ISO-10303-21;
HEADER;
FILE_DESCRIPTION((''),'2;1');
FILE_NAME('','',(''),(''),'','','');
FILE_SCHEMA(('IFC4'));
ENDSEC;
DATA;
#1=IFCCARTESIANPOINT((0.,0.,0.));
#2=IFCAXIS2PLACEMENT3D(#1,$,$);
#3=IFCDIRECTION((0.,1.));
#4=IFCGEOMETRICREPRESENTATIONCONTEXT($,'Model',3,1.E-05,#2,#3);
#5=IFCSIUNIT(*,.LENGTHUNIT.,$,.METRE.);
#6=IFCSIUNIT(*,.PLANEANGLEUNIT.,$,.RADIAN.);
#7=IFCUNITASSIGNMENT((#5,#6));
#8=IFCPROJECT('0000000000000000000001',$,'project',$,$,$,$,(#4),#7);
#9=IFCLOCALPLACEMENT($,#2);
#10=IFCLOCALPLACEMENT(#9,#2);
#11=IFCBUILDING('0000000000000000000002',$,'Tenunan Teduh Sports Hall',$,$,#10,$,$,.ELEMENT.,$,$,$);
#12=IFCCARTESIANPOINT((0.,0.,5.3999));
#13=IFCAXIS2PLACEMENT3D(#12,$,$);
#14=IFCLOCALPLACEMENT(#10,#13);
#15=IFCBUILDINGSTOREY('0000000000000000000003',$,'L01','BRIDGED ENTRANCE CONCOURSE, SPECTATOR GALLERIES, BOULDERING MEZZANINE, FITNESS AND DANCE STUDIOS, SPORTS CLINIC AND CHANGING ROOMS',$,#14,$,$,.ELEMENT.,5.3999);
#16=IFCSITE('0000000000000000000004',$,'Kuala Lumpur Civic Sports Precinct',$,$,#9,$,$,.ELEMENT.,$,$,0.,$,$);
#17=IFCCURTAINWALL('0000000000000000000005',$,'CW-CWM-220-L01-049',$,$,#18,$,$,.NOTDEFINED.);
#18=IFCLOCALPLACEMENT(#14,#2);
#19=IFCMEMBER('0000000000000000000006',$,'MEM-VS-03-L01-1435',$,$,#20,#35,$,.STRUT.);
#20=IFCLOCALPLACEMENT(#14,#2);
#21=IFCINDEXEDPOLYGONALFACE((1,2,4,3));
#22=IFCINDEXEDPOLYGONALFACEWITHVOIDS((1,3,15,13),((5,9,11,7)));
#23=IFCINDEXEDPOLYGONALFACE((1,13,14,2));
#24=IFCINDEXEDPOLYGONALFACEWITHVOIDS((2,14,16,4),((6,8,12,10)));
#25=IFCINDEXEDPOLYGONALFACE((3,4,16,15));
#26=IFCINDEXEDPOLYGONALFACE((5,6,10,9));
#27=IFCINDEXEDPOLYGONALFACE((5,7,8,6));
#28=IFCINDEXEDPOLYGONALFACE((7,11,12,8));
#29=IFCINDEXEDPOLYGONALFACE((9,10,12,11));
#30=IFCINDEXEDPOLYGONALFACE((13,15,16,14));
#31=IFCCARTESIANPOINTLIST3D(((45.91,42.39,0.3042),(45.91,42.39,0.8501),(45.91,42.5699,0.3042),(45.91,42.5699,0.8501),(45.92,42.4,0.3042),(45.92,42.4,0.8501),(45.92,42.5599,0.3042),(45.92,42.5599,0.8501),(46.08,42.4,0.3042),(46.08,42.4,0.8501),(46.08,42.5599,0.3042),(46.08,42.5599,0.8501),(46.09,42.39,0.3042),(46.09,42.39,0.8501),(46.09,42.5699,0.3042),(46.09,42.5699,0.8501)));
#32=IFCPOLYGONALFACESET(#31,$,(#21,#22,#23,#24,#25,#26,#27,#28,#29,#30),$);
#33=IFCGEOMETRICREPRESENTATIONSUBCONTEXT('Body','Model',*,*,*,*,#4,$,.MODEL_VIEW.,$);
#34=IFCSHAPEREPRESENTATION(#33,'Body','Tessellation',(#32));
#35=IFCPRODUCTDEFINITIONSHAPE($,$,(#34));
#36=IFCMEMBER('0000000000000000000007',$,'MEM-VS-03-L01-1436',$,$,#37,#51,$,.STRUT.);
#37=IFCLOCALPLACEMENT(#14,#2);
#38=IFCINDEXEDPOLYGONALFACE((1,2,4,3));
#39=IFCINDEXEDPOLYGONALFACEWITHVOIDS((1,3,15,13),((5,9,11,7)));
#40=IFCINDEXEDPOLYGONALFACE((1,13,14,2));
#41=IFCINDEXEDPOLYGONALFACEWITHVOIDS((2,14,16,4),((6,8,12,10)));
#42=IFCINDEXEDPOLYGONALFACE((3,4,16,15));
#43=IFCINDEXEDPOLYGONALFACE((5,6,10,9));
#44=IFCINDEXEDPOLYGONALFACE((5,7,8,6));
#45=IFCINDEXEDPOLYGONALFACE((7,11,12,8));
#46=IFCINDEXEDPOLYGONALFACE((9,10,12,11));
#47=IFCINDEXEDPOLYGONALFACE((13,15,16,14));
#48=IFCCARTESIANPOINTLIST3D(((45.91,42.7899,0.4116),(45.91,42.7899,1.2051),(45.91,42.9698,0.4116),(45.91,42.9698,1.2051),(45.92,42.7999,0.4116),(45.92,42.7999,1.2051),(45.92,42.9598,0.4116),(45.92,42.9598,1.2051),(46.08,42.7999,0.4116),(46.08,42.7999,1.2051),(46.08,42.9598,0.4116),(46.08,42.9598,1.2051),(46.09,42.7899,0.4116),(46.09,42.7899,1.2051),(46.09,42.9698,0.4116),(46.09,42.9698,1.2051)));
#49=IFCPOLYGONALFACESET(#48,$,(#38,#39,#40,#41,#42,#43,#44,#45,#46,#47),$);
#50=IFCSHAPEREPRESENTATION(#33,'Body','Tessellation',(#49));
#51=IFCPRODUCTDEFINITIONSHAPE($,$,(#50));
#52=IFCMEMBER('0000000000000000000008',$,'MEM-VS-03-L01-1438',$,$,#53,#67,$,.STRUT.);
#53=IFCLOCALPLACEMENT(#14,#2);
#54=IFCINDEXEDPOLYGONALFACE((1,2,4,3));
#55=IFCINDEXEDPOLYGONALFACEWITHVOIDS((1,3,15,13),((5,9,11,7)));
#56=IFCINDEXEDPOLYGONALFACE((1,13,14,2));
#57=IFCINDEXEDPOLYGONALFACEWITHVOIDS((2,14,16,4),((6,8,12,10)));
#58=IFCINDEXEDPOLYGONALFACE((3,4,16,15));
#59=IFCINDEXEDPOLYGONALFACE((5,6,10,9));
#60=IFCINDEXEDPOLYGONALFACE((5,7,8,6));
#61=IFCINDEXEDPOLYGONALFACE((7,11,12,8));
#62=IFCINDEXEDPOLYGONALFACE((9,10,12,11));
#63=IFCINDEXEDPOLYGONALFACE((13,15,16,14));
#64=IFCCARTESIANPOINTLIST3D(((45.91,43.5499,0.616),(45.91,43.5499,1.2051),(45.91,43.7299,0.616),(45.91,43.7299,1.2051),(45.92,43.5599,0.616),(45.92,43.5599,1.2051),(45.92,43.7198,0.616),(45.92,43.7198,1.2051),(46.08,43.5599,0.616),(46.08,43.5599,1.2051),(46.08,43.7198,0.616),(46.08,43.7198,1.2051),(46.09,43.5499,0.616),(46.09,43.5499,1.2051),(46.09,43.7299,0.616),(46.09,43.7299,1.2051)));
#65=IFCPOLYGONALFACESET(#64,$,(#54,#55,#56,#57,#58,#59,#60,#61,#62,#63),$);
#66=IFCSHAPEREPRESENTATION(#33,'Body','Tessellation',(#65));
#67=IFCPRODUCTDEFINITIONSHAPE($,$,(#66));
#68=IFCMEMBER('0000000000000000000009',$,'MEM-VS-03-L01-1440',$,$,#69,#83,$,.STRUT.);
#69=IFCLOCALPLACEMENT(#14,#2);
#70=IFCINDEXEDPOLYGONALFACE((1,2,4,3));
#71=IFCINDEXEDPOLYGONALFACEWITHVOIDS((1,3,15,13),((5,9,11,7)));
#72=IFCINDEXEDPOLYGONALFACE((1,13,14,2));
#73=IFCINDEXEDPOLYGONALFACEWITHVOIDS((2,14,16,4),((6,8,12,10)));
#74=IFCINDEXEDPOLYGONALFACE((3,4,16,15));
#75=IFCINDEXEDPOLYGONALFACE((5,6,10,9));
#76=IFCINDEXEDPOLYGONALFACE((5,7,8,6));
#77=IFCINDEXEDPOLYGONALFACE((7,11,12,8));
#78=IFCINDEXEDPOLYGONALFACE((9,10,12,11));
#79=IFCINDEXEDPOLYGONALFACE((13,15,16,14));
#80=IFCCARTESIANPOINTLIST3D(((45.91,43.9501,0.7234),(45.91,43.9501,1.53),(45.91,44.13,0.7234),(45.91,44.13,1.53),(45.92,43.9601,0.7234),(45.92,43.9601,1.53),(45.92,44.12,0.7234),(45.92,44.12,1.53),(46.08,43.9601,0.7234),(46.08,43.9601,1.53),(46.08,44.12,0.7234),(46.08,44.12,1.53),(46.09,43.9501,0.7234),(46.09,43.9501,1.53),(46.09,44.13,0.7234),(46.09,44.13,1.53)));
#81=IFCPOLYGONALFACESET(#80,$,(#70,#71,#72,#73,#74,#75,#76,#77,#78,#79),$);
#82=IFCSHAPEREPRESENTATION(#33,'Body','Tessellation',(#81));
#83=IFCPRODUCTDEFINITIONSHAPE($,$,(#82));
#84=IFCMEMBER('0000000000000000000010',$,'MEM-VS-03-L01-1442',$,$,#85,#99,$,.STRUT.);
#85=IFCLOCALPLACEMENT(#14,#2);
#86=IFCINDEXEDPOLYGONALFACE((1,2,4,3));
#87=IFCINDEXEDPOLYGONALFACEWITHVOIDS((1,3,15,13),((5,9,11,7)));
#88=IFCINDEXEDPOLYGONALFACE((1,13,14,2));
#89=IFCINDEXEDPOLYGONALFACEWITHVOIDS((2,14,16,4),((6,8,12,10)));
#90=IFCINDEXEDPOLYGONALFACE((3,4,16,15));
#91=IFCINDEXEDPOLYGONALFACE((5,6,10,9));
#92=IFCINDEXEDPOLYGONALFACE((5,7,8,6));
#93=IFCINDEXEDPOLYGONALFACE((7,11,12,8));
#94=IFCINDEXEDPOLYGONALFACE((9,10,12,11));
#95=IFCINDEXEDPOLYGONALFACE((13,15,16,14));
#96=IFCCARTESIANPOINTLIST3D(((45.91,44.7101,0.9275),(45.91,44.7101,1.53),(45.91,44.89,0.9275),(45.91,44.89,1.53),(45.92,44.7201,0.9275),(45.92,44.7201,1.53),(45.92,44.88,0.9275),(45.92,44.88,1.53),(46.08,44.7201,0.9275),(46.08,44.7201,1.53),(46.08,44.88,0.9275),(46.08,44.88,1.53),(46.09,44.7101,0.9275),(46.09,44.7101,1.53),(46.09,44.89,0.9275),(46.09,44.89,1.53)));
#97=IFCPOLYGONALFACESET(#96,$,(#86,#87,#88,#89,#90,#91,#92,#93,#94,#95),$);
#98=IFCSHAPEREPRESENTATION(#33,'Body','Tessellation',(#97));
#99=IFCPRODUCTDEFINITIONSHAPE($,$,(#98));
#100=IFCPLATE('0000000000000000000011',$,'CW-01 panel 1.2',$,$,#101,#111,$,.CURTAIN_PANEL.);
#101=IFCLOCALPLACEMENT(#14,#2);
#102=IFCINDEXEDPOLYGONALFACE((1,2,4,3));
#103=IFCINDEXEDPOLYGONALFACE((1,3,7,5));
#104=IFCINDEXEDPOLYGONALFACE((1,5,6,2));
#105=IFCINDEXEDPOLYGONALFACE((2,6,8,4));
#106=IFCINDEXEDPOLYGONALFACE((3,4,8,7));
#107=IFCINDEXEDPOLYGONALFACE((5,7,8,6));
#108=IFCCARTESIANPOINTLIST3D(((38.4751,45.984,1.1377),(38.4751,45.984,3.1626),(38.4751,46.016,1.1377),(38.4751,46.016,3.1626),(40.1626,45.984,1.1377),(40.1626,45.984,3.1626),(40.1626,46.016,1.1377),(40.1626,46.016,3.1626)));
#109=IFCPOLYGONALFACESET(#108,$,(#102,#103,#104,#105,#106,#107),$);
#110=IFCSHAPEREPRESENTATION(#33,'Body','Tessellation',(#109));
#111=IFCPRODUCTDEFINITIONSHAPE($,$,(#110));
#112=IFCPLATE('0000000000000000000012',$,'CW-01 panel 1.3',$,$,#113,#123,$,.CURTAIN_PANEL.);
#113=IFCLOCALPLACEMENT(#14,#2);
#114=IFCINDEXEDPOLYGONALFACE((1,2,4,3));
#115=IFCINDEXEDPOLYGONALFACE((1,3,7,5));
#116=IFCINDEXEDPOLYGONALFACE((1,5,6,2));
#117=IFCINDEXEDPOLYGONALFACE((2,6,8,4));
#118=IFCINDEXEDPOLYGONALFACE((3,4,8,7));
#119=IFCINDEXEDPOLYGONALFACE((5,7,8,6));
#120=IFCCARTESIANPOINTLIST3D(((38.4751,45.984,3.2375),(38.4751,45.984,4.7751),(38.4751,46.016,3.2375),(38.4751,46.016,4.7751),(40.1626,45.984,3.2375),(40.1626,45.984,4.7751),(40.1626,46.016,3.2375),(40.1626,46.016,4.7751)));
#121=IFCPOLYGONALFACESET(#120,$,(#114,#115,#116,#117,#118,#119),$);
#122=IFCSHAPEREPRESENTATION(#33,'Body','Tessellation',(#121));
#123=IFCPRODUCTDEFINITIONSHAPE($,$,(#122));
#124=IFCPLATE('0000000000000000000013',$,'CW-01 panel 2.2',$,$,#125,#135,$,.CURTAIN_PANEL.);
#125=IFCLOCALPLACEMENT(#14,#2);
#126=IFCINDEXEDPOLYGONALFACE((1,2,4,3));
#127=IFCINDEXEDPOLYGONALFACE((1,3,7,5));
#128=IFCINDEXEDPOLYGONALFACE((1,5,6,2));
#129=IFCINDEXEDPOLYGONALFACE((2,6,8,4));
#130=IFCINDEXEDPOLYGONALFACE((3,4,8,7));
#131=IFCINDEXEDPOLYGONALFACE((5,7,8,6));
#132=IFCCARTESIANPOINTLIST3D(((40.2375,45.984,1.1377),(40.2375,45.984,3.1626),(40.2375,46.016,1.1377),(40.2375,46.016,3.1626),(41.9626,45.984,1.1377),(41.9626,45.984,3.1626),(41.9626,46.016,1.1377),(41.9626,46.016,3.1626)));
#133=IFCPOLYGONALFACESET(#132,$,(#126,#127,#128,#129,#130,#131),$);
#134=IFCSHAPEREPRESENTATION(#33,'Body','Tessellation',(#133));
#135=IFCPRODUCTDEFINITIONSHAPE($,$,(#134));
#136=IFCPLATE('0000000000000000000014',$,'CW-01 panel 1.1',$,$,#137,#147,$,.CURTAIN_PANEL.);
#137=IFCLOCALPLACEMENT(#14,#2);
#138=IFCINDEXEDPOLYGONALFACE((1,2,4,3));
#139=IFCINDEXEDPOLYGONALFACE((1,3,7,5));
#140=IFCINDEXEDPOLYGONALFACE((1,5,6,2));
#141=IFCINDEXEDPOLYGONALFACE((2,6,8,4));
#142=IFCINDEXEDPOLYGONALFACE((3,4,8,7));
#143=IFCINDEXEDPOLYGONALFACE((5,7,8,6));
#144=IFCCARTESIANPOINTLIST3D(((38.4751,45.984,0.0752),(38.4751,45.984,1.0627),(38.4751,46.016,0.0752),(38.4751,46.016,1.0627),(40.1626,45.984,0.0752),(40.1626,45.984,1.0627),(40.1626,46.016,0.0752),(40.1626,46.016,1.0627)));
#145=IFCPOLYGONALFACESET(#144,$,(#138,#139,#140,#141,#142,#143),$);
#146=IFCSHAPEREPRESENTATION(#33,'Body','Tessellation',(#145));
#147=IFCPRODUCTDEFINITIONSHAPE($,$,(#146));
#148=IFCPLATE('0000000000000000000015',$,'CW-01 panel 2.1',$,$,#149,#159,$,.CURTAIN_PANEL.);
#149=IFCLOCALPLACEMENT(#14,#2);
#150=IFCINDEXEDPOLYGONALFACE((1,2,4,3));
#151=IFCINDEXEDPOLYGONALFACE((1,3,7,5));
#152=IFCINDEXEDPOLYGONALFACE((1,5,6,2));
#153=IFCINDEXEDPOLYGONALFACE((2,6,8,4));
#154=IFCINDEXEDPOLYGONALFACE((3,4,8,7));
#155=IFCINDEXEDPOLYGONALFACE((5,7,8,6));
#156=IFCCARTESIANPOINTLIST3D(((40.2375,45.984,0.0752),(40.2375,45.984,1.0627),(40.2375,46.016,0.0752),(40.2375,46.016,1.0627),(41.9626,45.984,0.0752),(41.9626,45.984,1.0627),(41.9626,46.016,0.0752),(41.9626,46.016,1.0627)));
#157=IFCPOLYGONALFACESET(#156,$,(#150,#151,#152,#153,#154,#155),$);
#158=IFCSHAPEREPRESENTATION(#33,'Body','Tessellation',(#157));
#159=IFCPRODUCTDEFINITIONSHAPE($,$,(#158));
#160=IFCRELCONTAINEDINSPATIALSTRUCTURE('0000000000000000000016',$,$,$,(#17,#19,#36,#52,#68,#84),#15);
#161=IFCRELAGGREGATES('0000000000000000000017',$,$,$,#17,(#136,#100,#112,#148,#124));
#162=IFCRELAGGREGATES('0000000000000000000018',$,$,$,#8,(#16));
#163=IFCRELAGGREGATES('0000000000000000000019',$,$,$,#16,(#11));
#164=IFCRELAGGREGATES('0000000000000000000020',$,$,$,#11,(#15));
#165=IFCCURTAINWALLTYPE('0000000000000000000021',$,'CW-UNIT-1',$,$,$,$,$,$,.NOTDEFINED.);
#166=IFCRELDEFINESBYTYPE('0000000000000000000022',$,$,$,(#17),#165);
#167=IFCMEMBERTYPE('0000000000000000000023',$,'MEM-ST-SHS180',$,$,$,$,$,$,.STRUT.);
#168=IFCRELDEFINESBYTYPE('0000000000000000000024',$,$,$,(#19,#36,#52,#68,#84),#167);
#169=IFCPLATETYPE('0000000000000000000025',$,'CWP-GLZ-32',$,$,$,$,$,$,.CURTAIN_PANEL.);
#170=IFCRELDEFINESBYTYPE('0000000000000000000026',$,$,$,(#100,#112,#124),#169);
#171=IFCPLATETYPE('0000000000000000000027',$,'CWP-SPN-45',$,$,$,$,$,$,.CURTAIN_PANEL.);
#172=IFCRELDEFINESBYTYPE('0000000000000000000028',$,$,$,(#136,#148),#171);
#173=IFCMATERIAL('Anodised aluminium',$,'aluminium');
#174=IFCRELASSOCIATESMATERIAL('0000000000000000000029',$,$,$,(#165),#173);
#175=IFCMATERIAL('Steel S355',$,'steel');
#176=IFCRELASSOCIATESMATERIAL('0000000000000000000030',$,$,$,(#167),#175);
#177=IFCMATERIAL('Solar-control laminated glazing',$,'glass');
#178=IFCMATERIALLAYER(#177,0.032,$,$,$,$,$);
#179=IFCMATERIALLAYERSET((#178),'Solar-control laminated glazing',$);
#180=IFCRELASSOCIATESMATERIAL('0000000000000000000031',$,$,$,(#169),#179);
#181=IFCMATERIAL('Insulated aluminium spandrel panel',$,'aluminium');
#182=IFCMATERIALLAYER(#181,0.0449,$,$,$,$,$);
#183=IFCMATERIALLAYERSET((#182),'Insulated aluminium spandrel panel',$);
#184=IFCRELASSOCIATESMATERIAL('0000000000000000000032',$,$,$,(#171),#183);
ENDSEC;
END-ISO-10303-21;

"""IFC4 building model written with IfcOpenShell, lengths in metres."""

from ifc_helpers import new_model, si_unit, direction, frame, origin, origin_2d, place, context, subcontext, project, spatial, rectangle, hollow_rectangle, extrude, material, layer, layer_set, material_profile, profile_set, type_object, element, aggregate, save


model = new_model("IFC4")

# Units and contexts
model_context = context("Model", 3, precision=1e-05, world=origin(), true_north=direction((0.0, 1.0)))
body_context = subcontext(model_context, "Body", "Model", "MODEL_VIEW")
ifc_project = project(units=[si_unit("LENGTHUNIT", "METRE"), si_unit("PLANEANGLEUNIT", "RADIAN")], contexts=[model_context])

# Site, building, storey
site_placement = place(None, origin())
site = spatial("IfcSite", under=ifc_project, at=site_placement, Name="Kuala Lumpur Civic Sports Precinct", CompositionType="ELEMENT", RefElevation=0.0)
building_placement = place(site_placement, origin())
building = spatial("IfcBuilding", under=site, at=building_placement, Name="Tenunan Teduh Sports Hall", CompositionType="ELEMENT")
storey_placement = place(building_placement, frame((0.0, 0.0, 5.3999)))
storey = spatial("IfcBuildingStorey", under=building, at=storey_placement, Name="L01", Description="BRIDGED ENTRANCE CONCOURSE, SPECTATOR GALLERIES, BOULDERING MEZZANINE, FITNESS AND DANCE STUDIOS, SPORTS CLINIC AND CHANGING ROOMS", CompositionType="ELEMENT", Elevation=5.3999)

# Curtain wall
ifc_material_1 = material(Name="Anodised aluminium", Category="aluminium")
curtain_wall_type = type_object("IfcCurtainWallType", Name="CW-UNIT-1", PredefinedType="NOTDEFINED", material=ifc_material_1)
curtain_wall_placement = place(storey_placement, origin())
curtain_wall = element("IfcCurtainWall", 1, at=curtain_wall_placement, inside=storey, type_object=curtain_wall_type, Name="CW-CWM-220-L01-049", PredefinedType="NOTDEFINED")

# Members
ifc_material_2 = material(Name="Steel S355", Category="steel")
ifc_material_profile_1 = material_profile(ifc_material_2, hollow_rectangle(XDim=0.1799, YDim=0.1799, WallThickness=0.01, at=origin_2d()), Name="SHS 180x180x10.0")
ifc_profile_set_1 = profile_set([ifc_material_profile_1], Name="Steel S355")
member_type_1 = type_object("IfcMemberType", Name="MEM-ST-SHS180", PredefinedType="STRUT", material=ifc_profile_set_1)
member_1_placement = place(storey_placement, frame((46.0, 42.48, 0.3042), z_axis=(0.0, 0.0, 1.0), x_axis=(1.0, 0.0, 0.0)))
element("IfcMember", 2, at=member_1_placement, inside=storey, type_object=member_type_1, Name="MEM-VS-03-L01-1435", PredefinedType="STRUT", context=body_context, shape_type="SweptSolid", body=[
    extrude(hollow_rectangle(XDim=0.1799, YDim=0.1799, WallThickness=0.01, at=origin_2d()), origin(), (0.0, 0.0, 1.0), 0.5459),
])
member_2_placement = place(storey_placement, frame((46.0, 42.8799, 0.4116), z_axis=(0.0, 0.0, 1.0), x_axis=(1.0, 0.0, 0.0)))
element("IfcMember", 3, at=member_2_placement, inside=storey, type_object=member_type_1, Name="MEM-VS-03-L01-1436", PredefinedType="STRUT", context=body_context, shape_type="SweptSolid", body=[
    extrude(hollow_rectangle(XDim=0.1799, YDim=0.1799, WallThickness=0.01, at=origin_2d()), origin(), (0.0, 0.0, 1.0), 0.7935),
])
member_3_placement = place(storey_placement, frame((46.0, 43.6399, 0.616), z_axis=(0.0, 0.0, 1.0), x_axis=(1.0, 0.0, 0.0)))
element("IfcMember", 4, at=member_3_placement, inside=storey, type_object=member_type_1, Name="MEM-VS-03-L01-1438", PredefinedType="STRUT", context=body_context, shape_type="SweptSolid", body=[
    extrude(hollow_rectangle(XDim=0.1799, YDim=0.1799, WallThickness=0.01, at=origin_2d()), origin(), (0.0, 0.0, 1.0), 0.5891),
])
member_4_placement = place(storey_placement, frame((46.0, 44.04, 0.7234), z_axis=(0.0, 0.0, 1.0), x_axis=(1.0, 0.0, 0.0)))
element("IfcMember", 5, at=member_4_placement, inside=storey, type_object=member_type_1, Name="MEM-VS-03-L01-1440", PredefinedType="STRUT", context=body_context, shape_type="SweptSolid", body=[
    extrude(hollow_rectangle(XDim=0.1799, YDim=0.1799, WallThickness=0.01, at=origin_2d()), origin(), (0.0, 0.0, 1.0), 0.8066),
])
member_5_placement = place(storey_placement, frame((46.0, 44.8, 0.9275), z_axis=(0.0, 0.0, 1.0), x_axis=(1.0, 0.0, 0.0)))
element("IfcMember", 6, at=member_5_placement, inside=storey, type_object=member_type_1, Name="MEM-VS-03-L01-1442", PredefinedType="STRUT", context=body_context, shape_type="SweptSolid", body=[
    extrude(hollow_rectangle(XDim=0.1799, YDim=0.1799, WallThickness=0.01, at=origin_2d()), origin(), (0.0, 0.0, 1.0), 0.6025),
])

# Plates
ifc_material_3 = material(Name="Solar-control laminated glazing", Category="glass")
ifc_layer_1 = layer(ifc_material_3, 0.032)
ifc_layer_set_1 = layer_set([ifc_layer_1], Name="Solar-control laminated glazing")
plate_type_1 = type_object("IfcPlateType", Name="CWP-GLZ-32", PredefinedType="CURTAIN_PANEL", material=ifc_layer_set_1)
plate_1_placement = place(storey_placement, frame((39.3188, 46.0, 1.1377), z_axis=(0.0, 0.0, 1.0), x_axis=(1.0, 0.0, 0.0)))
plate_1 = element("IfcPlate", 7, at=plate_1_placement, type_object=plate_type_1, Name="CW-01 panel 1.2", PredefinedType="CURTAIN_PANEL", context=body_context, shape_type="SweptSolid", body=[
    extrude(rectangle(XDim=1.6875, YDim=0.032, at=origin_2d()), origin(), (0.0, 0.0, 1.0), 2.0249),
])
plate_2_placement = place(storey_placement, frame((39.3188, 46.0, 3.2375), z_axis=(0.0, 0.0, 1.0), x_axis=(1.0, 0.0, 0.0)))
plate_2 = element("IfcPlate", 8, at=plate_2_placement, type_object=plate_type_1, Name="CW-01 panel 1.3", PredefinedType="CURTAIN_PANEL", context=body_context, shape_type="SweptSolid", body=[
    extrude(rectangle(XDim=1.6875, YDim=0.032, at=origin_2d()), origin(), (0.0, 0.0, 1.0), 1.5376),
])
plate_3_placement = place(storey_placement, frame((41.1001, 46.0, 1.1377), z_axis=(0.0, 0.0, 1.0), x_axis=(1.0, 0.0, 0.0)))
plate_3 = element("IfcPlate", 9, at=plate_3_placement, type_object=plate_type_1, Name="CW-01 panel 2.2", PredefinedType="CURTAIN_PANEL", context=body_context, shape_type="SweptSolid", body=[
    extrude(rectangle(XDim=1.7251, YDim=0.032, at=origin_2d()), origin(), (0.0, 0.0, 1.0), 2.0249),
])
ifc_material_4 = material(Name="Insulated aluminium spandrel panel", Category="aluminium")
ifc_layer_2 = layer(ifc_material_4, 0.0449)
ifc_layer_set_2 = layer_set([ifc_layer_2], Name="Insulated aluminium spandrel panel")
plate_type_2 = type_object("IfcPlateType", Name="CWP-SPN-45", PredefinedType="CURTAIN_PANEL", material=ifc_layer_set_2)
plate_4_placement = place(storey_placement, frame((39.3188, 46.0, 0.0752), z_axis=(0.0, 0.0, 1.0), x_axis=(1.0, 0.0, 0.0)))
plate_4 = element("IfcPlate", 10, at=plate_4_placement, type_object=plate_type_2, Name="CW-01 panel 1.1", PredefinedType="CURTAIN_PANEL", context=body_context, shape_type="SweptSolid", body=[
    extrude(rectangle(XDim=1.6875, YDim=0.032, at=origin_2d()), origin(), (0.0, 0.0, 1.0), 0.9875),
])
plate_5_placement = place(storey_placement, frame((41.1001, 46.0, 0.0752), z_axis=(0.0, 0.0, 1.0), x_axis=(1.0, 0.0, 0.0)))
plate_5 = element("IfcPlate", 11, at=plate_5_placement, type_object=plate_type_2, Name="CW-01 panel 2.1", PredefinedType="CURTAIN_PANEL", context=body_context, shape_type="SweptSolid", body=[
    extrude(rectangle(XDim=1.7251, YDim=0.032, at=origin_2d()), origin(), (0.0, 0.0, 1.0), 0.9875),
])
aggregate(curtain_wall, [plate_4, plate_1, plate_2, plate_5, plate_3])

save(model, "model.ifc")
